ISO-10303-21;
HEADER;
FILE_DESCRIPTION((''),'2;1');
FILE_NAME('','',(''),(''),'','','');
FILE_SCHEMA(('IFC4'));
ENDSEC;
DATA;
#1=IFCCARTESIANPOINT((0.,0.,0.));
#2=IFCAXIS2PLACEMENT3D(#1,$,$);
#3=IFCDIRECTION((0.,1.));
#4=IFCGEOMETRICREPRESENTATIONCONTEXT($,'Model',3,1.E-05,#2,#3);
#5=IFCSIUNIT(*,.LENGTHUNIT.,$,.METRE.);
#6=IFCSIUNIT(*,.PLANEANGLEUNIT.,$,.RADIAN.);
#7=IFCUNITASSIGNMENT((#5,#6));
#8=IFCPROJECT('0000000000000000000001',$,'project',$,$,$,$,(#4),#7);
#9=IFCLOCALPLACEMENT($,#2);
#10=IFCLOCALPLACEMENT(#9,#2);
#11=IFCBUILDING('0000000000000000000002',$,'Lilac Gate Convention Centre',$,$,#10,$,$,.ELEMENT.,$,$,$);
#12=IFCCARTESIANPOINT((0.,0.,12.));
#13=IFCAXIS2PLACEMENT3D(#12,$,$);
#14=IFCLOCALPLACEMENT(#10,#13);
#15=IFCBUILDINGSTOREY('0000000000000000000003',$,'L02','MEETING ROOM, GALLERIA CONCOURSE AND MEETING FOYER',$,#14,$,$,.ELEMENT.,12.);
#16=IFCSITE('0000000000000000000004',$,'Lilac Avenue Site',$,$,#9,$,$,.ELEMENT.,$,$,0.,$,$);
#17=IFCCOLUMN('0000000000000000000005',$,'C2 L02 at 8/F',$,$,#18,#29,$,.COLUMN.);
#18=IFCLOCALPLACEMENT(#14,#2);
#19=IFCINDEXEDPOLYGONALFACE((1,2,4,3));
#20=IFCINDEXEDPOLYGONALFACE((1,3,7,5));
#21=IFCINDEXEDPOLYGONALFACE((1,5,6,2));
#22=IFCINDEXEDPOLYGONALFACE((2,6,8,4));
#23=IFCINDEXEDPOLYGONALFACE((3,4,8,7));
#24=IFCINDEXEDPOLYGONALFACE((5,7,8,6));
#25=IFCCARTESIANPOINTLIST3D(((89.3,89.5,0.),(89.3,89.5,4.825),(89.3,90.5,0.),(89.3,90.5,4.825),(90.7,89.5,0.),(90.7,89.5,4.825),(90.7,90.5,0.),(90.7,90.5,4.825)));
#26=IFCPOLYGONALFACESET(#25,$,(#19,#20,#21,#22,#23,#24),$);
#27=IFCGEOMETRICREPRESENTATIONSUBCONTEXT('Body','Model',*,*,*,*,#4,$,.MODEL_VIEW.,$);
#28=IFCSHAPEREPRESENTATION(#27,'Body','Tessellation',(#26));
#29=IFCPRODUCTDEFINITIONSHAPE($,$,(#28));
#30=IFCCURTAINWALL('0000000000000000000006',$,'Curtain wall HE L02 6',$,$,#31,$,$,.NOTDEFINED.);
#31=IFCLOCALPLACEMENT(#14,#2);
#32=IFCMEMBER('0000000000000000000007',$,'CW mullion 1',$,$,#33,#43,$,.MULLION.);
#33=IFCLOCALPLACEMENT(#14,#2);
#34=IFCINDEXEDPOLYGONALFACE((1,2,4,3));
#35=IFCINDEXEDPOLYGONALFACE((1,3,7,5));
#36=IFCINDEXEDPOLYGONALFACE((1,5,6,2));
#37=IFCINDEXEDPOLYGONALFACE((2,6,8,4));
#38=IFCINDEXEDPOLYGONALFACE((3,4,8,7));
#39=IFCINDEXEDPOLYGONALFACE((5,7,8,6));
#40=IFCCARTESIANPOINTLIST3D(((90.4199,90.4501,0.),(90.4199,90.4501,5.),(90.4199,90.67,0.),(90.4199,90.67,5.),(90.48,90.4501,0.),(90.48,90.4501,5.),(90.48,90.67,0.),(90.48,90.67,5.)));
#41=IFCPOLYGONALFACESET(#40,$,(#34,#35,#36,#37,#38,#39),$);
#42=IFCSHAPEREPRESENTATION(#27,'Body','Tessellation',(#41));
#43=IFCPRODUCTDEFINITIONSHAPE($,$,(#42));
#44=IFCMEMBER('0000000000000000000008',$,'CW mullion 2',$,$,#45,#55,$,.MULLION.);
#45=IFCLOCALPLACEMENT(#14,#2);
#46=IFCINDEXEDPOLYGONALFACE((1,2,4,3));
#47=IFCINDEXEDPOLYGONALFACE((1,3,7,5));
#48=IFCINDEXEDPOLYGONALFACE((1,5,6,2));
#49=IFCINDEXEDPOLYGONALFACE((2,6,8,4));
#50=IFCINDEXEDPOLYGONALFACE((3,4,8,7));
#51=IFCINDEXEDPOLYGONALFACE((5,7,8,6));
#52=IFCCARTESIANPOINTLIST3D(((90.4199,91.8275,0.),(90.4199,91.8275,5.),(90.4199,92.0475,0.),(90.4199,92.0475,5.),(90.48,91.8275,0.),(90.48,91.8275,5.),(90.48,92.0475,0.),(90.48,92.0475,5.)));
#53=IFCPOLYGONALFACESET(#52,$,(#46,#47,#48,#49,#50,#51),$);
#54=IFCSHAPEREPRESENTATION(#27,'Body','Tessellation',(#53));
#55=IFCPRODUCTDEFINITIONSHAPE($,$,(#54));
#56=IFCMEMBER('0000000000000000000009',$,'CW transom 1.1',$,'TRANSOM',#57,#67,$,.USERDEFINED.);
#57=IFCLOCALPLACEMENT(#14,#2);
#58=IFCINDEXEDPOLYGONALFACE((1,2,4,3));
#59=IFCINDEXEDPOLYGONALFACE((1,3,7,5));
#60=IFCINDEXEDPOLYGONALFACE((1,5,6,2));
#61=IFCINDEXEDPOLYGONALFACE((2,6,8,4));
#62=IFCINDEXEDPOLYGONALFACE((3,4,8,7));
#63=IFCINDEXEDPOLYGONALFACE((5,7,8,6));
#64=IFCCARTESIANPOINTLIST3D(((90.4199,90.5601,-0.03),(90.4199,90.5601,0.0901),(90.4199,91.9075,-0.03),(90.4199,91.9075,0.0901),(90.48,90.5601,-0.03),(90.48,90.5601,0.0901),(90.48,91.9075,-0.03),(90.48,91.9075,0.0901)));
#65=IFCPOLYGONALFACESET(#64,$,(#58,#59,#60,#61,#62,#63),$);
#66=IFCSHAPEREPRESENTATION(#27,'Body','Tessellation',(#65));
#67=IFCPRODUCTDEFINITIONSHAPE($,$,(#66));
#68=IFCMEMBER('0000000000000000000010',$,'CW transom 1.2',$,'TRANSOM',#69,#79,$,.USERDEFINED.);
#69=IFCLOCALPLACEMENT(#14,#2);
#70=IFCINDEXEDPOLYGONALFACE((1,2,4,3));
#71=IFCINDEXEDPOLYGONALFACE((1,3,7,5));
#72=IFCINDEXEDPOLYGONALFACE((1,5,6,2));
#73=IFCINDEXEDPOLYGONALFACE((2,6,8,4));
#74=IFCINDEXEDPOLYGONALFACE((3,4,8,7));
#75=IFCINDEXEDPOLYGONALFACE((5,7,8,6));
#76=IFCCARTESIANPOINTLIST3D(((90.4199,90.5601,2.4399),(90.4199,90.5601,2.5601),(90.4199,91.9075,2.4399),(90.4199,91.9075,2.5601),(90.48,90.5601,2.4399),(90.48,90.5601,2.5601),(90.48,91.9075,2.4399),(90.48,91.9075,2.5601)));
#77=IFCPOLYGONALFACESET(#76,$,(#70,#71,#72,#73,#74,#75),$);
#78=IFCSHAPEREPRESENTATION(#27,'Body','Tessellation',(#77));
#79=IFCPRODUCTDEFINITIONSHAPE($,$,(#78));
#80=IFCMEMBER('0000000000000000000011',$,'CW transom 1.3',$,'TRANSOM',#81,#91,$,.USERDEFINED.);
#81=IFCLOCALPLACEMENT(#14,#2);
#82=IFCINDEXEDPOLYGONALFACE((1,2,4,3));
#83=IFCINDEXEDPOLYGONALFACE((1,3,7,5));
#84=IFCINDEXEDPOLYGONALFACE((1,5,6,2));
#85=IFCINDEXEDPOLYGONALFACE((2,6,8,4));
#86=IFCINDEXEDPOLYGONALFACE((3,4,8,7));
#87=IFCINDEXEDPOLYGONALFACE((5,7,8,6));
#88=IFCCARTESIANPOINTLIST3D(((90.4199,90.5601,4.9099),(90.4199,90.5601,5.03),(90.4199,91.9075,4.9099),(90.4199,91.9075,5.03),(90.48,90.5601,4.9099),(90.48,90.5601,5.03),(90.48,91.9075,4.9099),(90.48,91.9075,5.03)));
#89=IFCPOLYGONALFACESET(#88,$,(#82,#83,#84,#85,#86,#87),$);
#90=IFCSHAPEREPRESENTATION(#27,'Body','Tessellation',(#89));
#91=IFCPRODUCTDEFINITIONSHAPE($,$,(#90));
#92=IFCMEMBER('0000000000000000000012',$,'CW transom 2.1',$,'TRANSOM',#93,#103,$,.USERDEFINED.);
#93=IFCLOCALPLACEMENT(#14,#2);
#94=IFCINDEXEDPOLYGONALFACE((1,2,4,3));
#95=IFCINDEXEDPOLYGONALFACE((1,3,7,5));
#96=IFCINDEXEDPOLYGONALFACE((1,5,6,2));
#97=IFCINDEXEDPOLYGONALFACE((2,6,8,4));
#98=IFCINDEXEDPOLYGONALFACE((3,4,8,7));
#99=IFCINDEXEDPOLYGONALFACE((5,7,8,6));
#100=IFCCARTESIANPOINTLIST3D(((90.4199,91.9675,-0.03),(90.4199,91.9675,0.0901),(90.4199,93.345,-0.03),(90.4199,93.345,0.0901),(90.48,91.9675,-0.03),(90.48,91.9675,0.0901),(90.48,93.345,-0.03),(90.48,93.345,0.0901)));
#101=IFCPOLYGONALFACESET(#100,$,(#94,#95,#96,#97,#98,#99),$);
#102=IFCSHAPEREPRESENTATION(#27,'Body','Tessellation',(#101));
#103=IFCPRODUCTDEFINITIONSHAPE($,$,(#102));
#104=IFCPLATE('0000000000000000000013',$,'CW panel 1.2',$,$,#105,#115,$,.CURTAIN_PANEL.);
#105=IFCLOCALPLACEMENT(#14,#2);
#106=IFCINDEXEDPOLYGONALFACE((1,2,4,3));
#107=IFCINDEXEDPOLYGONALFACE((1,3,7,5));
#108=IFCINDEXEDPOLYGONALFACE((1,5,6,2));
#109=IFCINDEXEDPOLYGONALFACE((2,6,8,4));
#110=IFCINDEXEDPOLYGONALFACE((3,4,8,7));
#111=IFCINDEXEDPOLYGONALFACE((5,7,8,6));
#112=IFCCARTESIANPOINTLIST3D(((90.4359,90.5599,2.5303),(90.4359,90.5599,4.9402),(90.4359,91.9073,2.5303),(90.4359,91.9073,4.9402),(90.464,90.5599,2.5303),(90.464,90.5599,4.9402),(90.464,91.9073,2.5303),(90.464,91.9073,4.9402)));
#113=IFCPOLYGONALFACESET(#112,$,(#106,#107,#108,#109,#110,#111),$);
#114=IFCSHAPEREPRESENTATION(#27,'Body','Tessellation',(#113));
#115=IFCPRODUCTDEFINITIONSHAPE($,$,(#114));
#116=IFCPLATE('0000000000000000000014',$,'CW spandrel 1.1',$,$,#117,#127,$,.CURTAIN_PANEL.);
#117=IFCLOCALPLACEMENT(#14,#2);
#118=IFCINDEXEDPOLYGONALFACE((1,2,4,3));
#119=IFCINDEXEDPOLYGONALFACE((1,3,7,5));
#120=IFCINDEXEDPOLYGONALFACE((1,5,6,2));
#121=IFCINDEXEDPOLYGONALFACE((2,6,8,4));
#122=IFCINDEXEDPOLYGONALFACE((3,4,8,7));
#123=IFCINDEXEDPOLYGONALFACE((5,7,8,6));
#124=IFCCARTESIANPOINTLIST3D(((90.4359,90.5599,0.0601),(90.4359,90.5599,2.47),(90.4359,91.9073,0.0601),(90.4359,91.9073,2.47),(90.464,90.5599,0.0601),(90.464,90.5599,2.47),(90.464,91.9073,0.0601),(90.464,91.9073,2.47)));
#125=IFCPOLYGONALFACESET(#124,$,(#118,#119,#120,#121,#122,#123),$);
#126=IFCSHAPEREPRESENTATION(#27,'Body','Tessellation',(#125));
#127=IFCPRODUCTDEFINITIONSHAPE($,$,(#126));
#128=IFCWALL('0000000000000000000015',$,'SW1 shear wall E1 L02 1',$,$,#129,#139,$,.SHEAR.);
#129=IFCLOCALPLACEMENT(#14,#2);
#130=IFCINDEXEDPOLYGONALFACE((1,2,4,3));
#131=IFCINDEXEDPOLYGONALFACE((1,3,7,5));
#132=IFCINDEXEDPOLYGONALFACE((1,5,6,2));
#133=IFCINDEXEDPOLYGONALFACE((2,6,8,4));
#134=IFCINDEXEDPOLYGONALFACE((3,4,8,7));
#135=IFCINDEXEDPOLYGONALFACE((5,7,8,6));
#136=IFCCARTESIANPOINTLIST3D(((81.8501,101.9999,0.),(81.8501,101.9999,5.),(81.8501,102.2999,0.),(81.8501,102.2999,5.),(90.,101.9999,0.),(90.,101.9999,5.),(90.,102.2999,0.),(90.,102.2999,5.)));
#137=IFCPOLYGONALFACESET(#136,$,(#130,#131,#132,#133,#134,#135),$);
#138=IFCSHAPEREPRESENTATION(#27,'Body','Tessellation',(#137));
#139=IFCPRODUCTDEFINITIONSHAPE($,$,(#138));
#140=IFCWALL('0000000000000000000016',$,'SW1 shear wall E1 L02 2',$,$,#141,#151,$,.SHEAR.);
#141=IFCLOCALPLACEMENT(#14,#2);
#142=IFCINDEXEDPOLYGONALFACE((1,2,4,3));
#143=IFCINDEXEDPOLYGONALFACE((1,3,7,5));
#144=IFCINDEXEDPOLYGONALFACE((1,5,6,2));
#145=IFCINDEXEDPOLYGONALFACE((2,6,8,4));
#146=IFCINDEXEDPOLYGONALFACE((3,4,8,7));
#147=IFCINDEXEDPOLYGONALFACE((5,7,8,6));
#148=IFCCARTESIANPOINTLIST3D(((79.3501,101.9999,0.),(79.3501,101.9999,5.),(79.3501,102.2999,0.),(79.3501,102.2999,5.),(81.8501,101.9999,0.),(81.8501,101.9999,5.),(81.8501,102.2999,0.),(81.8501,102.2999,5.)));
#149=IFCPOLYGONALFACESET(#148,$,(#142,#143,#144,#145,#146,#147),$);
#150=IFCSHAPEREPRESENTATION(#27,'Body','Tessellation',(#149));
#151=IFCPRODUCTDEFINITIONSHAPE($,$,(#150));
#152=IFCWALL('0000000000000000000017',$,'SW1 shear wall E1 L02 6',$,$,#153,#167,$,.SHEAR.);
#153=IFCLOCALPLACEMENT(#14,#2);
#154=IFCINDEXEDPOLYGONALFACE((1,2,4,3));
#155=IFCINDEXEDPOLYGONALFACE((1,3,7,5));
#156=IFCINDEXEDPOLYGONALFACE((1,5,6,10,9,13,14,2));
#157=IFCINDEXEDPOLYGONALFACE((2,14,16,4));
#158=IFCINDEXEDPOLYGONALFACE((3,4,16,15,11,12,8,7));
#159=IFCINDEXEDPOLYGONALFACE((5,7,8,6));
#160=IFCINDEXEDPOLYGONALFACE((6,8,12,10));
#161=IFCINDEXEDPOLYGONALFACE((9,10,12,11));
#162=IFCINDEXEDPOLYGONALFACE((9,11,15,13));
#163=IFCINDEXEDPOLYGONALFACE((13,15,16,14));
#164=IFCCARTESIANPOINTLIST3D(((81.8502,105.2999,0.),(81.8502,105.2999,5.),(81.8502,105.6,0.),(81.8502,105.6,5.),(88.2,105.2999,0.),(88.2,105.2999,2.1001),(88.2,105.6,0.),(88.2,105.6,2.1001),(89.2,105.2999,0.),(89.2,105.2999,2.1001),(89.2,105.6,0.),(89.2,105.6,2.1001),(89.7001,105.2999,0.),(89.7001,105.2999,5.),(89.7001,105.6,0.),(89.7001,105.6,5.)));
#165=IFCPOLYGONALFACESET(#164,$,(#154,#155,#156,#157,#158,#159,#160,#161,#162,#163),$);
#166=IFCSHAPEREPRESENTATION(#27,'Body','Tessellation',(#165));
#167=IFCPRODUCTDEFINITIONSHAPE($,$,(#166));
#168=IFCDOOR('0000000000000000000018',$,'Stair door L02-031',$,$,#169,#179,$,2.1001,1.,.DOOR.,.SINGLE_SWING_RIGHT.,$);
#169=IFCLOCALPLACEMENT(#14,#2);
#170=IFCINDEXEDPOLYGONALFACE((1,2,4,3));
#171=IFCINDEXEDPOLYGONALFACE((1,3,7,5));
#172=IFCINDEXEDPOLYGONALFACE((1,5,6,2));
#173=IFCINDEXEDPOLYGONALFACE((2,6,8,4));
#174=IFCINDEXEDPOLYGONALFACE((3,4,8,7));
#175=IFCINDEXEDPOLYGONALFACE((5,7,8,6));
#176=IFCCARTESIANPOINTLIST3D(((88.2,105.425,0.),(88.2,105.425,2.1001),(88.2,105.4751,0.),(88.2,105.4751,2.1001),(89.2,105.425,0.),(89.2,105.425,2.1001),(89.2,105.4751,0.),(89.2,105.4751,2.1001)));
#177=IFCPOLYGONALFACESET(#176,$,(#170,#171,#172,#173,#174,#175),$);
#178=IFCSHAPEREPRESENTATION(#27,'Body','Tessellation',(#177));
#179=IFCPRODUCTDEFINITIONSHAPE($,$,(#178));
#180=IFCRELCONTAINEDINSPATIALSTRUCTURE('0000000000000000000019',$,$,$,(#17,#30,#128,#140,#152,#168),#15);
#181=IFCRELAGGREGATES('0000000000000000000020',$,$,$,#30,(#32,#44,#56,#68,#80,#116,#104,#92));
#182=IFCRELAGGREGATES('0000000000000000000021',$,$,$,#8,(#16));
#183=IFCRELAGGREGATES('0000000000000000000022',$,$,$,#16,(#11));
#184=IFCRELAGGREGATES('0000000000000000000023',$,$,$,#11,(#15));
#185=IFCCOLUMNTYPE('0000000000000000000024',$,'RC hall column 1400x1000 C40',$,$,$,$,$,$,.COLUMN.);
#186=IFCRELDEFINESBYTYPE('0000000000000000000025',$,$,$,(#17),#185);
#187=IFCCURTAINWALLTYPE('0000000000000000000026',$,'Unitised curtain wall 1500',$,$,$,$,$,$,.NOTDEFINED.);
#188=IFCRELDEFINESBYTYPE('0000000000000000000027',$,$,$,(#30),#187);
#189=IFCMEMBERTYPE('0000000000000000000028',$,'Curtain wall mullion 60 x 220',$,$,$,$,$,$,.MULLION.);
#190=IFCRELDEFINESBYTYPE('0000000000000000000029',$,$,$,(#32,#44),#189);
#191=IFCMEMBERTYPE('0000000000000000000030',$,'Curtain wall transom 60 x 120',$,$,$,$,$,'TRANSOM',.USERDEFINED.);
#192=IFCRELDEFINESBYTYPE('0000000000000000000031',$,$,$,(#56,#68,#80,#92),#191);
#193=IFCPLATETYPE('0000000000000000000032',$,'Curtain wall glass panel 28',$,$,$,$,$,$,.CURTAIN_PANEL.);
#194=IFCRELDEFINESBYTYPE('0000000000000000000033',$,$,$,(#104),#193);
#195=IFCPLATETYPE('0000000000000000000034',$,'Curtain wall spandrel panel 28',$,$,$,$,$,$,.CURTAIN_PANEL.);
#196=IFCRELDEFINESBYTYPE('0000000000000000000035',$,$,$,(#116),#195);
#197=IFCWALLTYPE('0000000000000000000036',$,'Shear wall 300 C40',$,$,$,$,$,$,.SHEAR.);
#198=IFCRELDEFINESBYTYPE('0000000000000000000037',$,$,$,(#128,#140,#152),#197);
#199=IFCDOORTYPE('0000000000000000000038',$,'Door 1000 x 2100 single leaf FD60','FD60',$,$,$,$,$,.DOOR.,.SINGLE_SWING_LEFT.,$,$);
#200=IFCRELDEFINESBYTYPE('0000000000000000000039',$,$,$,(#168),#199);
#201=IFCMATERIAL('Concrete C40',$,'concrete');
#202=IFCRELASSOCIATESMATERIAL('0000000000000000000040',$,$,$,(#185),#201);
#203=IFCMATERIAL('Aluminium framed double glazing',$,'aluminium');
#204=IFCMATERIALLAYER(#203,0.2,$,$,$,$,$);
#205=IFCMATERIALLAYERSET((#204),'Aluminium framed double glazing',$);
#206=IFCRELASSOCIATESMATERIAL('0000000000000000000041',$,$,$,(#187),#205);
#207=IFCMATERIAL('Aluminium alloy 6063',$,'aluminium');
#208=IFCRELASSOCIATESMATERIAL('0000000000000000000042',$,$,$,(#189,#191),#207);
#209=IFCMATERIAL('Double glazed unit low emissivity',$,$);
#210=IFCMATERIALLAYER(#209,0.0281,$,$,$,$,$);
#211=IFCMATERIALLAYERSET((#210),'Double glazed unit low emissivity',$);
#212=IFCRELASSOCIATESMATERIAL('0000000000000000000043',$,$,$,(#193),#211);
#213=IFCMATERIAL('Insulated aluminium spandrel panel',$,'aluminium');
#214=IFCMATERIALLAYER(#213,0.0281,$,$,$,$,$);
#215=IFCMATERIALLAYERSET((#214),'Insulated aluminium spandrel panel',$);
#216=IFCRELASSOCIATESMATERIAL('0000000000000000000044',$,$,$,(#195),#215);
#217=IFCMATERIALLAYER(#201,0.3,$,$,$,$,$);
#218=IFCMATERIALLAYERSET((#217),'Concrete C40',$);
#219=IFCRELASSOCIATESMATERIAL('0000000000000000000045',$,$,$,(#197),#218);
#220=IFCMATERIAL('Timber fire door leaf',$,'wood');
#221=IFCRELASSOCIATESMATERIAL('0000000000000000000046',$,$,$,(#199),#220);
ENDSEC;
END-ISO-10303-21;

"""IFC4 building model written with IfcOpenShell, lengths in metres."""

from ifc_helpers import new_model, si_unit, direction, frame, frame_2d, origin, origin_2d, place, context, subcontext, project, spatial, rectangle, extrude, material, layer, layer_set, material_profile, profile_set, type_object, element, fill, aggregate, save


model = new_model("IFC4")

# Units and contexts
model_context = context("Model", 3, precision=1e-05, world=origin(), true_north=direction((0.0, 1.0)))
body_context = subcontext(model_context, "Body", "Model", "MODEL_VIEW")
ifc_project = project(units=[si_unit("LENGTHUNIT", "METRE"), si_unit("PLANEANGLEUNIT", "RADIAN")], contexts=[model_context])

# Site, building, storey
site_placement = place(None, origin())
site = spatial("IfcSite", under=ifc_project, at=site_placement, Name="Lilac Avenue Site", CompositionType="ELEMENT", RefElevation=0.0)
building_placement = place(site_placement, origin())
building = spatial("IfcBuilding", under=site, at=building_placement, Name="Lilac Gate Convention Centre", CompositionType="ELEMENT")
storey_placement = place(building_placement, frame((0.0, 0.0, 12.0)))
storey = spatial("IfcBuildingStorey", under=building, at=storey_placement, Name="L02", Description="MEETING ROOM, GALLERIA CONCOURSE AND MEETING FOYER", CompositionType="ELEMENT", Elevation=12.0)

# Column
ifc_material_1 = material(Name="Concrete C40", Category="concrete")
ifc_material_profile_1 = material_profile(ifc_material_1, rectangle(XDim=1.3999, YDim=1.0, at=origin_2d()), Name="RC 1400x1000")
ifc_profile_set_1 = profile_set([ifc_material_profile_1], Name="Concrete C40")
column_type = type_object("IfcColumnType", Name="RC hall column 1400x1000 C40", PredefinedType="COLUMN", material=ifc_profile_set_1)
column_placement = place(storey_placement, frame((90.0, 90.0, 0.0), z_axis=(0.0, 0.0, 1.0), x_axis=(1.0, 0.0, 0.0)))
element("IfcColumn", 1, at=column_placement, inside=storey, type_object=column_type, Name="C2 L02 at 8/F", PredefinedType="COLUMN", context=body_context, shape_type="SweptSolid", body=[
    extrude(rectangle(XDim=1.3999, YDim=1.0, at=origin_2d()), origin(), (0.0, 0.0, 1.0), 4.825),
])

# Curtain wall, members, plates
ifc_material_2 = material(Name="Aluminium framed double glazing", Category="aluminium")
ifc_layer_1 = layer(ifc_material_2, 0.2)
ifc_layer_set_1 = layer_set([ifc_layer_1], Name="Aluminium framed double glazing")
curtain_wall_type = type_object("IfcCurtainWallType", Name="Unitised curtain wall 1500", PredefinedType="NOTDEFINED", material=ifc_layer_set_1)
curtain_wall_placement = place(storey_placement, origin())
curtain_wall = element("IfcCurtainWall", 2, at=curtain_wall_placement, inside=storey, type_object=curtain_wall_type, Name="Curtain wall HE L02 6", PredefinedType="NOTDEFINED")
ifc_material_3 = material(Name="Aluminium alloy 6063", Category="aluminium")
ifc_material_profile_2 = material_profile(ifc_material_3, rectangle(XDim=0.0601, YDim=0.22, at=origin_2d()), Name="Curtain wall mullion 60 x 220")
ifc_profile_set_2 = profile_set([ifc_material_profile_2], Name="Aluminium alloy 6063")
member_type_1 = type_object("IfcMemberType", Name="Curtain wall mullion 60 x 220", PredefinedType="MULLION", material=ifc_profile_set_2)
member_1_placement = place(storey_placement, frame((90.45, 90.5601, 0.0), z_axis=(0.0, 0.0, 1.0), x_axis=(-1.0, 0.0, 0.0)))
member_1 = element("IfcMember", 3, at=member_1_placement, type_object=member_type_1, Name="CW mullion 1", PredefinedType="MULLION", context=body_context, shape_type="SweptSolid", body=[
    extrude(rectangle(XDim=0.0601, YDim=0.22, at=origin_2d()), origin(), (0.0, 0.0, 1.0), 5.0),
])
member_2_placement = place(storey_placement, frame((90.45, 91.9375, 0.0), z_axis=(0.0, 0.0, 1.0), x_axis=(-1.0, 0.0, 0.0)))
member_2 = element("IfcMember", 4, at=member_2_placement, type_object=member_type_1, Name="CW mullion 2", PredefinedType="MULLION", context=body_context, shape_type="SweptSolid", body=[
    extrude(rectangle(XDim=0.0601, YDim=0.22, at=origin_2d()), origin(), (0.0, 0.0, 1.0), 5.0),
])
ifc_material_profile_3 = material_profile(ifc_material_3, rectangle(XDim=0.0601, YDim=0.1201, at=origin_2d()), Name="Curtain wall transom 60 x 120")
ifc_profile_set_3 = profile_set([ifc_material_profile_3], Name="Aluminium alloy 6063")
member_type_2 = type_object("IfcMemberType", Name="Curtain wall transom 60 x 120", ElementType="TRANSOM", PredefinedType="USERDEFINED", material=ifc_profile_set_3)
member_3_placement = place(storey_placement, frame((90.45, 90.5601, 0.03), z_axis=(0.0, 1.0, 0.0), x_axis=(-1.0, 0.0, 0.0)))
member_3 = element("IfcMember", 5, at=member_3_placement, type_object=member_type_2, Name="CW transom 1.1", ObjectType="TRANSOM", PredefinedType="USERDEFINED", context=body_context, shape_type="SweptSolid", body=[
    extrude(rectangle(XDim=0.0601, YDim=0.1201, at=origin_2d()), origin(), (0.0, 0.0, 1.0), 1.3474),
])
member_4_placement = place(storey_placement, frame((90.45, 90.5601, 2.5), z_axis=(0.0, 1.0, 0.0), x_axis=(-1.0, 0.0, 0.0)))
member_4 = element("IfcMember", 6, at=member_4_placement, type_object=member_type_2, Name="CW transom 1.2", ObjectType="TRANSOM", PredefinedType="USERDEFINED", context=body_context, shape_type="SweptSolid", body=[
    extrude(rectangle(XDim=0.0601, YDim=0.1201, at=origin_2d()), origin(), (0.0, 0.0, 1.0), 1.3474),
])
member_5_placement = place(storey_placement, frame((90.45, 90.5601, 4.97), z_axis=(0.0, 1.0, 0.0), x_axis=(-1.0, 0.0, 0.0)))
member_5 = element("IfcMember", 7, at=member_5_placement, type_object=member_type_2, Name="CW transom 1.3", ObjectType="TRANSOM", PredefinedType="USERDEFINED", context=body_context, shape_type="SweptSolid", body=[
    extrude(rectangle(XDim=0.0601, YDim=0.1201, at=origin_2d()), origin(), (0.0, 0.0, 1.0), 1.3474),
])
member_6_placement = place(storey_placement, frame((90.45, 91.9675, 0.03), z_axis=(0.0, 1.0, 0.0), x_axis=(-1.0, 0.0, 0.0)))
member_6 = element("IfcMember", 8, at=member_6_placement, type_object=member_type_2, Name="CW transom 2.1", ObjectType="TRANSOM", PredefinedType="USERDEFINED", context=body_context, shape_type="SweptSolid", body=[
    extrude(rectangle(XDim=0.0601, YDim=0.1201, at=origin_2d()), origin(), (0.0, 0.0, 1.0), 1.3774),
])
ifc_material_4 = material(Name="Double glazed unit low emissivity")
ifc_layer_2 = layer(ifc_material_4, 0.0281)
ifc_layer_set_2 = layer_set([ifc_layer_2], Name="Double glazed unit low emissivity")
plate_type_1 = type_object("IfcPlateType", Name="Curtain wall glass panel 28", PredefinedType="CURTAIN_PANEL", material=ifc_layer_set_2)
plate_1_placement = place(storey_placement, frame((90.45, 91.2336, 2.5303), z_axis=(0.0, 0.0, 1.0), x_axis=(0.0, 1.0, 0.0)))
plate_1 = element("IfcPlate", 9, at=plate_1_placement, type_object=plate_type_1, Name="CW panel 1.2", PredefinedType="CURTAIN_PANEL", context=body_context, shape_type="SweptSolid", body=[
    extrude(rectangle(XDim=1.3474, YDim=0.0281, at=origin_2d()), origin(), (0.0, 0.0, 1.0), 2.4099),
])
ifc_material_5 = material(Name="Insulated aluminium spandrel panel", Category="aluminium")
ifc_layer_3 = layer(ifc_material_5, 0.0281)
ifc_layer_set_3 = layer_set([ifc_layer_3], Name="Insulated aluminium spandrel panel")
plate_type_2 = type_object("IfcPlateType", Name="Curtain wall spandrel panel 28", PredefinedType="CURTAIN_PANEL", material=ifc_layer_set_3)
plate_2_placement = place(storey_placement, frame((90.45, 91.2336, 0.0601), z_axis=(0.0, 0.0, 1.0), x_axis=(0.0, 1.0, 0.0)))
plate_2 = element("IfcPlate", 10, at=plate_2_placement, type_object=plate_type_2, Name="CW spandrel 1.1", PredefinedType="CURTAIN_PANEL", context=body_context, shape_type="SweptSolid", body=[
    extrude(rectangle(XDim=1.3474, YDim=0.0281, at=origin_2d()), origin(), (0.0, 0.0, 1.0), 2.4099),
])
aggregate(curtain_wall, [member_1, member_2, member_3, member_4, member_5, plate_2, plate_1, member_6])

# Walls
ifc_layer_4 = layer(ifc_material_1, 0.3)
ifc_layer_set_4 = layer_set([ifc_layer_4], Name="Concrete C40")
wall_type = type_object("IfcWallType", Name="Shear wall 300 C40", PredefinedType="SHEAR", material=ifc_layer_set_4)
wall_1_placement = place(storey_placement, frame((90.0, 102.1499, 0.0), z_axis=(0.0, 0.0, 1.0), x_axis=(-1.0, 0.0, 0.0)))
element("IfcWall", 11, at=wall_1_placement, inside=storey, type_object=wall_type, Name="SW1 shear wall E1 L02 1", PredefinedType="SHEAR", context=body_context, shape_type="SweptSolid", body=[
    extrude(rectangle(XDim=8.1499, YDim=0.3, at=frame_2d((4.075, 0.0))), origin(), (0.0, 0.0, 1.0), 5.0),
])
wall_2_placement = place(storey_placement, frame((81.8501, 102.1499, 0.0), z_axis=(0.0, 0.0, 1.0), x_axis=(-1.0, 0.0, 0.0)))
element("IfcWall", 12, at=wall_2_placement, inside=storey, type_object=wall_type, Name="SW1 shear wall E1 L02 2", PredefinedType="SHEAR", context=body_context, shape_type="SweptSolid", body=[
    extrude(rectangle(XDim=2.5, YDim=0.3, at=frame_2d((1.25, 0.0))), origin(), (0.0, 0.0, 1.0), 5.0),
])

# Wall, opening, door
wall_3_placement = place(storey_placement, frame((89.7, 105.45, 0.0), z_axis=(0.0, 0.0, 1.0), x_axis=(-1.0, 0.0, 0.0)))
wall_3 = element("IfcWall", 13, at=wall_3_placement, inside=storey, type_object=wall_type, Name="SW1 shear wall E1 L02 6", PredefinedType="SHEAR", context=body_context, shape_type="SweptSolid", body=[
    extrude(rectangle(XDim=7.8499, YDim=0.3, at=frame_2d((3.9248, 0.0))), origin(), (0.0, 0.0, 1.0), 5.0),
])
opening_1_placement = place(wall_3_placement, frame((0.5, 0.0, 0.0)))
opening_1 = element("IfcOpeningElement", 14, at=opening_1_placement, cuts=wall_3, PredefinedType="OPENING", context=body_context, shape_type="SweptSolid", body=[
    extrude(rectangle(XDim=1.0, YDim=2.1001, at=frame_2d((0.5, 1.05))), frame((0.0, 0.1599, 0.0), z_axis=(0.0, -1.0, 0.0), x_axis=(1.0, 0.0, 0.0)), (0.0, 0.0, 1.0), 0.3201),
])
ifc_material_6 = material(Name="Timber fire door leaf", Category="wood")
door_type_1 = type_object("IfcDoorType", Name="Door 1000 x 2100 single leaf FD60", Description="FD60", OperationType="SINGLE_SWING_LEFT", PredefinedType="DOOR", material=ifc_material_6)
door_1_placement = place(opening_1_placement, origin())
door_1 = element("IfcDoor", 15, at=door_1_placement, inside=storey, type_object=door_type_1, Name="Stair door L02-031", OperationType="SINGLE_SWING_RIGHT", OverallHeight=2.1001, OverallWidth=1.0, PredefinedType="DOOR", context=body_context, shape_type="SweptSolid", body=[
    extrude(rectangle(XDim=1.0, YDim=2.1001, at=frame_2d((0.5, 1.05))), frame((0.0, 0.0249, 0.0), z_axis=(0.0, -1.0, 0.0), x_axis=(1.0, 0.0, 0.0)), (0.0, 0.0, 1.0), 0.05),
])
fill(opening_1, door_1)

save(model, "model.ifc")
